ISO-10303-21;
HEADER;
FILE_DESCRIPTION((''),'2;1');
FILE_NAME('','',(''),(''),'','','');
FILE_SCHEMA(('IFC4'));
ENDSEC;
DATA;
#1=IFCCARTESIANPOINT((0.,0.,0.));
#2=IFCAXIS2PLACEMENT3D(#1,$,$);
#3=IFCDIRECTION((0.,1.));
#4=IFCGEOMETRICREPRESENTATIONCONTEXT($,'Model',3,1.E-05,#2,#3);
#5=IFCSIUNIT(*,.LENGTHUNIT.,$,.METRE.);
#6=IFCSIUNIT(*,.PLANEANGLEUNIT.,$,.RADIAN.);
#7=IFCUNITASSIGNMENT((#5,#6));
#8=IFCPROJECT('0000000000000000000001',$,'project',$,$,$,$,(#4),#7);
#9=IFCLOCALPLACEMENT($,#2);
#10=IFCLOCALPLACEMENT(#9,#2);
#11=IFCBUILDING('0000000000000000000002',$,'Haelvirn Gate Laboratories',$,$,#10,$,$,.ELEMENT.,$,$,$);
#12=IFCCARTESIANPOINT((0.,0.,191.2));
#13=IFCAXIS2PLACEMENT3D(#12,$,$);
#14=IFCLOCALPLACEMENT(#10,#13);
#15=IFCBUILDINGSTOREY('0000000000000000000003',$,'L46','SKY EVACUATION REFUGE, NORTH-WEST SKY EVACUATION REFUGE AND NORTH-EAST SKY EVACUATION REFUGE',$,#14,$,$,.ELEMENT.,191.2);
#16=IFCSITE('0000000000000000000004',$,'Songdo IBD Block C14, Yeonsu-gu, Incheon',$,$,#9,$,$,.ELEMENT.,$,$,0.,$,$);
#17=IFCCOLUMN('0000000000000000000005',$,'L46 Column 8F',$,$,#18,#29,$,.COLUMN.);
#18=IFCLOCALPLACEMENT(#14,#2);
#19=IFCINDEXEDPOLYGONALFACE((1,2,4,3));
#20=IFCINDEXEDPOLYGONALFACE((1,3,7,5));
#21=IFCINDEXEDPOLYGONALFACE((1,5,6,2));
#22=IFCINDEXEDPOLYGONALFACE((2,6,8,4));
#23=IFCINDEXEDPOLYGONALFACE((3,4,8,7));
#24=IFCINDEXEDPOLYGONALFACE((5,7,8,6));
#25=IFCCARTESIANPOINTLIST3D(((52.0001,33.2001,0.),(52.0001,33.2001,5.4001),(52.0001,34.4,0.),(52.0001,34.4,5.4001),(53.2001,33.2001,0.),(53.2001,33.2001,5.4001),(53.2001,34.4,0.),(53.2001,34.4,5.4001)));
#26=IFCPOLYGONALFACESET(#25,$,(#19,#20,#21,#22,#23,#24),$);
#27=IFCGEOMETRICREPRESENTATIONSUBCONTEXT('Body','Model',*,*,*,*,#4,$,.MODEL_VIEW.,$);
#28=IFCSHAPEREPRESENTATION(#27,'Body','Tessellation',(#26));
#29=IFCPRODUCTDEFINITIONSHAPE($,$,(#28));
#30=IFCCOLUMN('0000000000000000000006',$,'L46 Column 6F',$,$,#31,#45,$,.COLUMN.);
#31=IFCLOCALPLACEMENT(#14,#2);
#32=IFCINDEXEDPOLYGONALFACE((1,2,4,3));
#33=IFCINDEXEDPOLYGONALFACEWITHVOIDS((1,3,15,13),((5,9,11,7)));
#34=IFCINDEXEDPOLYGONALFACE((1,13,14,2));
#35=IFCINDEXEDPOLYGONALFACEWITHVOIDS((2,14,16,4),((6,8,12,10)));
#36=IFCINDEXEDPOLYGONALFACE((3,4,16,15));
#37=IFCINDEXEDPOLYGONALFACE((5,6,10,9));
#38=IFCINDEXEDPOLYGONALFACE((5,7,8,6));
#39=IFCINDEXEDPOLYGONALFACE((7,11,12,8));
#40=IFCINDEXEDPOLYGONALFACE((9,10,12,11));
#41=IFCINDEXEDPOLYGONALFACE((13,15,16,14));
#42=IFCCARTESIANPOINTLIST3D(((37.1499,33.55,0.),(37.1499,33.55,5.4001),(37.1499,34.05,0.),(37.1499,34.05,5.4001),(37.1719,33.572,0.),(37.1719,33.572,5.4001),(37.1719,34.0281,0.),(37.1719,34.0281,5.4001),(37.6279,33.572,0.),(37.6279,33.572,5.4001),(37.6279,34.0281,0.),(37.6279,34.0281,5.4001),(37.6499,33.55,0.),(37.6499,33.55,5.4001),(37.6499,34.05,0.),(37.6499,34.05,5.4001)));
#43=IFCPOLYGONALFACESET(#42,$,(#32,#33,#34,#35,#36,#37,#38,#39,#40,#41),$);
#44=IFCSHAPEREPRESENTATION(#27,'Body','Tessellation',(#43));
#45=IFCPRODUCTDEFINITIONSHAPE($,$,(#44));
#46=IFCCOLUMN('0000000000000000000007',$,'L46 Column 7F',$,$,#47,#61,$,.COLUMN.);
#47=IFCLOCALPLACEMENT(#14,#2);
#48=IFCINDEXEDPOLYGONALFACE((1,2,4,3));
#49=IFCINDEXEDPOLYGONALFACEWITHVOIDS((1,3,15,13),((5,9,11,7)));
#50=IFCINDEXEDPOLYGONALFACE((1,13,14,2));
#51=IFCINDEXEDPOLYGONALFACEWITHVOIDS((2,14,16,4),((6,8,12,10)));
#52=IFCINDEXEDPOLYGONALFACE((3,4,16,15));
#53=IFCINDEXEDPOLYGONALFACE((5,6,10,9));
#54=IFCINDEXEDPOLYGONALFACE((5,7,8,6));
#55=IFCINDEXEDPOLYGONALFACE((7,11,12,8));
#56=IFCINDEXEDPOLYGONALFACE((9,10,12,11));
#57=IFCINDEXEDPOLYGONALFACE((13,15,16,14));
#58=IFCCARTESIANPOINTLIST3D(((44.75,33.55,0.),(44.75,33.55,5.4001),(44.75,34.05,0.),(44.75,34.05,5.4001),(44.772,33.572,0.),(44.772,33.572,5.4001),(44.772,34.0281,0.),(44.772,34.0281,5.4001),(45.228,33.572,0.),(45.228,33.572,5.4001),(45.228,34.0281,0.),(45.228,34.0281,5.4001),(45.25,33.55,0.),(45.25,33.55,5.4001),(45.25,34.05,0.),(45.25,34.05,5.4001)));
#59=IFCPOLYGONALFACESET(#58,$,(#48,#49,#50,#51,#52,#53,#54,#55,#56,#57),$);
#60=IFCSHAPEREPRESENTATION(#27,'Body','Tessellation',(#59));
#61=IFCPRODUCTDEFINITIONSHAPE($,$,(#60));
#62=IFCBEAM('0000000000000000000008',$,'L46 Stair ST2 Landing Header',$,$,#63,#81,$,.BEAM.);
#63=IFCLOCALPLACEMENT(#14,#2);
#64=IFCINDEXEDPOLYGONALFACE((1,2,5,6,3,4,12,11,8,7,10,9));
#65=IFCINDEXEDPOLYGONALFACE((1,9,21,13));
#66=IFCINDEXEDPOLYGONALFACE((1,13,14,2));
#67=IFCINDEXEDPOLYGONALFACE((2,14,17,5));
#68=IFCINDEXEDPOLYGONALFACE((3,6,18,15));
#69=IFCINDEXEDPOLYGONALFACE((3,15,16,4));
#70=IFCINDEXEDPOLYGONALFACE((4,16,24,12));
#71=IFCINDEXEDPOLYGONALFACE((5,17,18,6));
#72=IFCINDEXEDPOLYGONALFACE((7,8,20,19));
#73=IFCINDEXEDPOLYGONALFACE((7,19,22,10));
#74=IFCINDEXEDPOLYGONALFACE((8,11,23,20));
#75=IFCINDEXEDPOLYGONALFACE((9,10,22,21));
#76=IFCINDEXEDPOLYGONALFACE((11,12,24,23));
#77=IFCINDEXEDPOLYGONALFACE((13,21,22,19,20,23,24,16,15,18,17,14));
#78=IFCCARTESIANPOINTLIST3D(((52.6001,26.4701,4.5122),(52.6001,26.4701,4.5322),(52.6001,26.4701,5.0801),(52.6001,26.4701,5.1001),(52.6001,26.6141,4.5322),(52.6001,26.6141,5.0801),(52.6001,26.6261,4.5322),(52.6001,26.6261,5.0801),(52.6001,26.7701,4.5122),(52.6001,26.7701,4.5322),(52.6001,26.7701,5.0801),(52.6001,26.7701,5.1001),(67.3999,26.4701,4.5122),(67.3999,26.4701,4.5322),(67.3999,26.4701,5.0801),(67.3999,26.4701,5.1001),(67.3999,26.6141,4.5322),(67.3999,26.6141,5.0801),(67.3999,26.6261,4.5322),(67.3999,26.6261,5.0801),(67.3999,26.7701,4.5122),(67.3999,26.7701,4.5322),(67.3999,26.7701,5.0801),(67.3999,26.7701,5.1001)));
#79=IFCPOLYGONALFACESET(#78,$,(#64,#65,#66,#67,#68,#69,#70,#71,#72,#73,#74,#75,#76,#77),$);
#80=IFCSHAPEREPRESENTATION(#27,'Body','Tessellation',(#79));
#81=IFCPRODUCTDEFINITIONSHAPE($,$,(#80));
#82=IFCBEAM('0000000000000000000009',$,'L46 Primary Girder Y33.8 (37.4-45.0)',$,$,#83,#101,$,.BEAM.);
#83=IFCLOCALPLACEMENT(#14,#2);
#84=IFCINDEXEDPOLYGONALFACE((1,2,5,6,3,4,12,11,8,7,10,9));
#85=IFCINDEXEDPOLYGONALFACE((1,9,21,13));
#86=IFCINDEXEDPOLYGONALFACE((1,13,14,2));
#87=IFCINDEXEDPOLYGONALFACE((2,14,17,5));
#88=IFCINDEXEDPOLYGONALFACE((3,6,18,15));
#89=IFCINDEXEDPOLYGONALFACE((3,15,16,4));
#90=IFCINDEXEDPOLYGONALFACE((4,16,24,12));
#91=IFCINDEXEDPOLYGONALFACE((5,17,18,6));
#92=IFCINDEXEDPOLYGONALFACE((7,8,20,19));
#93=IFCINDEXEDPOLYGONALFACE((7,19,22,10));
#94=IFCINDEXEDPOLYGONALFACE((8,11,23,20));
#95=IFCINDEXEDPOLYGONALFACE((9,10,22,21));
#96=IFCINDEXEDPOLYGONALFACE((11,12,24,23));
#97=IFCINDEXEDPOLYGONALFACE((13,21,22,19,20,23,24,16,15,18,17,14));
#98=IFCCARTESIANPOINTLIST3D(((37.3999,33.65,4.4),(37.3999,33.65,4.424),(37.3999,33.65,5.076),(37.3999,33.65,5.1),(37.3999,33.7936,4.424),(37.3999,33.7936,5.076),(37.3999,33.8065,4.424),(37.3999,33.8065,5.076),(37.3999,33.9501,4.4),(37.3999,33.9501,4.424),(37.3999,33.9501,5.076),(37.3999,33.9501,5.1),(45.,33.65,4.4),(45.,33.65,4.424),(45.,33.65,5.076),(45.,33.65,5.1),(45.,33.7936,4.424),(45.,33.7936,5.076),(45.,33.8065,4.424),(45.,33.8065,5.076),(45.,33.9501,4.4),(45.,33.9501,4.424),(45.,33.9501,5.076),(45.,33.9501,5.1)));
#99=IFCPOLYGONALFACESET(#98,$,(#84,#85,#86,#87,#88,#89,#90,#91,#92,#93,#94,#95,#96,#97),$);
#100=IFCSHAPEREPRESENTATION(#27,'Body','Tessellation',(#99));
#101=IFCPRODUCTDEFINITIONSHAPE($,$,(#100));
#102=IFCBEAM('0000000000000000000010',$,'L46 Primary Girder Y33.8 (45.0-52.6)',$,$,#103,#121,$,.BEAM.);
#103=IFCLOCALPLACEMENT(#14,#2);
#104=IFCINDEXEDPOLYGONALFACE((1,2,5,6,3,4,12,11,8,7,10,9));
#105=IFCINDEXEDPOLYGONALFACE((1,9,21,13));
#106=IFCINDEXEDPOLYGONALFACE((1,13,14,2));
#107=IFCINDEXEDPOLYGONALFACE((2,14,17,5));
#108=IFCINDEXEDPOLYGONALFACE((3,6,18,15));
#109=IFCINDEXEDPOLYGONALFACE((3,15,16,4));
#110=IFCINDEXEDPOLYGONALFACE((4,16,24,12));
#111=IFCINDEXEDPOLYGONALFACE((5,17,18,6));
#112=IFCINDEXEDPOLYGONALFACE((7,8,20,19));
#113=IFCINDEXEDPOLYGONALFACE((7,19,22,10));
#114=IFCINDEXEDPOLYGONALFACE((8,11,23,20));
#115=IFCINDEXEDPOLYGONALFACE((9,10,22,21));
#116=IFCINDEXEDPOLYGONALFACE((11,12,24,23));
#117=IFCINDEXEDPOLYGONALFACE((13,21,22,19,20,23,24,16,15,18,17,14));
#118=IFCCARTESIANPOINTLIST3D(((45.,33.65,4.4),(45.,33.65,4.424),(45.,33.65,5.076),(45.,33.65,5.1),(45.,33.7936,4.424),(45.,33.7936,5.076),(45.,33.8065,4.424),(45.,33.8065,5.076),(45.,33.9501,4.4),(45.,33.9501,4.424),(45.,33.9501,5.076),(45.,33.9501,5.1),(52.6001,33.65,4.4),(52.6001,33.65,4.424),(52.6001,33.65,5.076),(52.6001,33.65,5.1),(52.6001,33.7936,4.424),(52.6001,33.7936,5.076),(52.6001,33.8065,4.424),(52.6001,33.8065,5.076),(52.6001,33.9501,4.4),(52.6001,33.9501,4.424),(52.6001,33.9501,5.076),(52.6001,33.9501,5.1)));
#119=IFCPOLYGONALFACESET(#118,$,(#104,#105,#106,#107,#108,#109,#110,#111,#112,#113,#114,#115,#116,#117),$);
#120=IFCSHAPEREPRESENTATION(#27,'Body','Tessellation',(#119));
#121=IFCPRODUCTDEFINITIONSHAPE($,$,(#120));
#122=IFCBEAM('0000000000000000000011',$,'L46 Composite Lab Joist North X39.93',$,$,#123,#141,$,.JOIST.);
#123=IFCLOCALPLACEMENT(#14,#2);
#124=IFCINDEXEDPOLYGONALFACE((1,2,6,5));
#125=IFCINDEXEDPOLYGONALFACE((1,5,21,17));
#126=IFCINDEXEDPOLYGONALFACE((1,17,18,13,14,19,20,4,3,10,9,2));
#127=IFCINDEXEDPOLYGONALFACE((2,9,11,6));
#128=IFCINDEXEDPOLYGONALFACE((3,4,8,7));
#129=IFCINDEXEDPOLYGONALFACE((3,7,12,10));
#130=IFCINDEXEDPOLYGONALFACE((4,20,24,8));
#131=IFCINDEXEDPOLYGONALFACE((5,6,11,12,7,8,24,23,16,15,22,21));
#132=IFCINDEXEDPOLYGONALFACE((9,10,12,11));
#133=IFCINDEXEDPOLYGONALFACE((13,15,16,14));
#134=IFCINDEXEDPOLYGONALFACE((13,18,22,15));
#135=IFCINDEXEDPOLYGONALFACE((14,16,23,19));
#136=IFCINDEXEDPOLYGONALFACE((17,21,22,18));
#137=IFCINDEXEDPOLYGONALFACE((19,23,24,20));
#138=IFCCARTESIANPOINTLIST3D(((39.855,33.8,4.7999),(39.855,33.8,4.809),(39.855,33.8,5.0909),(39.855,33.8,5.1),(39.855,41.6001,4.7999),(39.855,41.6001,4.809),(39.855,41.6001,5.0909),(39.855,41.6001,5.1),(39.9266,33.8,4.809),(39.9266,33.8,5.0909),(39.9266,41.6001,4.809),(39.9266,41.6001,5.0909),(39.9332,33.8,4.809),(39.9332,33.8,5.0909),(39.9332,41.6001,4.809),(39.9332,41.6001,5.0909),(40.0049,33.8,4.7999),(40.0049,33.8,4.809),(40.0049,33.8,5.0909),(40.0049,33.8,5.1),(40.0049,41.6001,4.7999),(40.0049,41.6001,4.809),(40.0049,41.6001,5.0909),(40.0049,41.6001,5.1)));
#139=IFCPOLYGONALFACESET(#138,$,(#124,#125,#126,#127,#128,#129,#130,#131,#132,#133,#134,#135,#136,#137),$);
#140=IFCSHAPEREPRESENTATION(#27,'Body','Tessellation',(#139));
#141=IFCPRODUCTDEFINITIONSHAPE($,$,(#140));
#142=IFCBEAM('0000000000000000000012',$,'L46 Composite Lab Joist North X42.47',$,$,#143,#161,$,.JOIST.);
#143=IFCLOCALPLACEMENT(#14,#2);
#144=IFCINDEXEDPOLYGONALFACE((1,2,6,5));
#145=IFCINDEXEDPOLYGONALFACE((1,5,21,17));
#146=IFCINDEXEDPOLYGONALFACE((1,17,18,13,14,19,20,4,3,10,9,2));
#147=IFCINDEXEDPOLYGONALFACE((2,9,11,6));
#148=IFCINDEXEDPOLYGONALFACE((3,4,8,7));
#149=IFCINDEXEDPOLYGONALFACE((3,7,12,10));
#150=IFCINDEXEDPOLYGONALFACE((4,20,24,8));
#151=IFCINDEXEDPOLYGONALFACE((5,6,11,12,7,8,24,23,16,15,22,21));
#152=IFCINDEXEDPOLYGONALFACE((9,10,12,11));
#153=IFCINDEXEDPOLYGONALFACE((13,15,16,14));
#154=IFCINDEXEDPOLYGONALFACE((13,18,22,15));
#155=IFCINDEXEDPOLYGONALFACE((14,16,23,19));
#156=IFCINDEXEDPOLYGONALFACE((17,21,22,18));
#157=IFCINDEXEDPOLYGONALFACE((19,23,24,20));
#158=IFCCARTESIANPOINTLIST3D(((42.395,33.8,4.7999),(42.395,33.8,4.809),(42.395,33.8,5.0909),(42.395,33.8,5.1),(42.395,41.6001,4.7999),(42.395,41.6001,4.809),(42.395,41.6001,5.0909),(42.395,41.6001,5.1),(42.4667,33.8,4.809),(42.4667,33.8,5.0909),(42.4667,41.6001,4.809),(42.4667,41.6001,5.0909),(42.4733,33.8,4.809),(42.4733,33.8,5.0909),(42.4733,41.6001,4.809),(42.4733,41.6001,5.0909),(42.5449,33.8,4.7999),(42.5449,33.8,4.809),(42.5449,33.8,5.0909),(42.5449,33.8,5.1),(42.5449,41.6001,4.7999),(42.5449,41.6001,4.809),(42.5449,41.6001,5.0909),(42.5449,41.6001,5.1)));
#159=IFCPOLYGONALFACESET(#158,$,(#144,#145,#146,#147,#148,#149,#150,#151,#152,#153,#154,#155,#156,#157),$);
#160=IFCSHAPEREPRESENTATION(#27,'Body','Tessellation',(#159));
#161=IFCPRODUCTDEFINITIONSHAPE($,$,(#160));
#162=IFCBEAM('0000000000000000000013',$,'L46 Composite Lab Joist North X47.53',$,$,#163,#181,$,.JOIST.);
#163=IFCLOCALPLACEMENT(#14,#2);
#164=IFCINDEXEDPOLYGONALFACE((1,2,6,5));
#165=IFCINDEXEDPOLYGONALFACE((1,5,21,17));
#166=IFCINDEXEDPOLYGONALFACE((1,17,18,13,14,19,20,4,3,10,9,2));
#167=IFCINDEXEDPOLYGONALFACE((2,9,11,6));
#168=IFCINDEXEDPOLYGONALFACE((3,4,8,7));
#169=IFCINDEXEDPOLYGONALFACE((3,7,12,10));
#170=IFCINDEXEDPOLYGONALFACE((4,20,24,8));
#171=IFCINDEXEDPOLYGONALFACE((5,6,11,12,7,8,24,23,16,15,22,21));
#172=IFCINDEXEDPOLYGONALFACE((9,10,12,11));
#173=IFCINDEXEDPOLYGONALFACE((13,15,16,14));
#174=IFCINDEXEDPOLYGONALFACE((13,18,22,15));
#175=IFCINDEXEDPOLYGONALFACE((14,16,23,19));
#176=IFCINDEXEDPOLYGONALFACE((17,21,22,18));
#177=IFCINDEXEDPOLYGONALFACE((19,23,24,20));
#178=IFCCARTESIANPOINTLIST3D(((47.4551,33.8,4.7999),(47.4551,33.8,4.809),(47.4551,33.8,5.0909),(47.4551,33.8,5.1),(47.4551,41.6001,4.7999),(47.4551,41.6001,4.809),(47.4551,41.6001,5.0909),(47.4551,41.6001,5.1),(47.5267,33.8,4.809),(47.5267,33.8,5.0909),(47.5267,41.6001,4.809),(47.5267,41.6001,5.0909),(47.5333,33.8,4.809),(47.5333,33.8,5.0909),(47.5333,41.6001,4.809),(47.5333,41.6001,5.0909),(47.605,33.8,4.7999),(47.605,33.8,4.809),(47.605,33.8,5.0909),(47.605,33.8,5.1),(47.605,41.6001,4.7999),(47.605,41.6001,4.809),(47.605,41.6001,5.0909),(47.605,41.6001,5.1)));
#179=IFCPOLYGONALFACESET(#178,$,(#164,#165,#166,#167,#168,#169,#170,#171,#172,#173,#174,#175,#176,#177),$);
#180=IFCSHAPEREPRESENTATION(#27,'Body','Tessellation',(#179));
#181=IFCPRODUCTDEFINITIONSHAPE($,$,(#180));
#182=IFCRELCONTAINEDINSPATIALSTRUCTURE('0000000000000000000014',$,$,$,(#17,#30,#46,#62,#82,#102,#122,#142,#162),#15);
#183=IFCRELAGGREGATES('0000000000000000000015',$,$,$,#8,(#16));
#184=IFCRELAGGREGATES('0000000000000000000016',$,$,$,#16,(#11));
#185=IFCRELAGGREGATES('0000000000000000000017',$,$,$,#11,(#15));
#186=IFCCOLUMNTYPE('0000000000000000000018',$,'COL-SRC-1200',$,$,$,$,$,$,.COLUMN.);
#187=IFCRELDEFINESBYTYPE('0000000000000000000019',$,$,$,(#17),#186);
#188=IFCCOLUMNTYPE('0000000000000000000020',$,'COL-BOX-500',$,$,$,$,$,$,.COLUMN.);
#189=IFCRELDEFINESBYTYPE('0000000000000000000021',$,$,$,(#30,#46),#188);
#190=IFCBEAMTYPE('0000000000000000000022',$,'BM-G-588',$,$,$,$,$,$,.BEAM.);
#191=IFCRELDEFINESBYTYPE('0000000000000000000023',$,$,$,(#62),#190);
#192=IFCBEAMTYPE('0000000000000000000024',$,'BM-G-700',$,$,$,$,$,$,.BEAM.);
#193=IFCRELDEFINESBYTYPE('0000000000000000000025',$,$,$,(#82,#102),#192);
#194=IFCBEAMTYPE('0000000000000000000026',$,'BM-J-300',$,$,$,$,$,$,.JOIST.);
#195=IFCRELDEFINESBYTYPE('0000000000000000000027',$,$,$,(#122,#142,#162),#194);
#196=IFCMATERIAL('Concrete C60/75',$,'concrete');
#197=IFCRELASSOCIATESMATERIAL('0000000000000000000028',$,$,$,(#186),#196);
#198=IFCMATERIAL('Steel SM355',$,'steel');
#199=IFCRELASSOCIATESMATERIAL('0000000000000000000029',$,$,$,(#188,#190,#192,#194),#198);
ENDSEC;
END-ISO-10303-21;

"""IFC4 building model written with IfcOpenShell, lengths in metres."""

from ifc_helpers import new_model, si_unit, direction, frame, origin, origin_2d, place, context, subcontext, project, spatial, rectangle, hollow_rectangle, i_section, extrude, source, transform, mapped, material, material_profile, profile_set, type_object, type_shapes, element, save


model = new_model("IFC4")

# Units and contexts
model_context = context("Model", 3, precision=1e-05, world=origin(), true_north=direction((0.0, 1.0)))
body_context = subcontext(model_context, "Body", "Model", "MODEL_VIEW")
ifc_project = project(units=[si_unit("LENGTHUNIT", "METRE"), si_unit("PLANEANGLEUNIT", "RADIAN")], contexts=[model_context])

# Site, building, storey
site_placement = place(None, origin())
site = spatial("IfcSite", under=ifc_project, at=site_placement, Name="Songdo IBD Block C14, Yeonsu-gu, Incheon", CompositionType="ELEMENT", RefElevation=0.0)
building_placement = place(site_placement, origin())
building = spatial("IfcBuilding", under=site, at=building_placement, Name="Haelvirn Gate Laboratories", CompositionType="ELEMENT")
storey_placement = place(building_placement, frame((0.0, 0.0, 191.2)))
storey = spatial("IfcBuildingStorey", under=building, at=storey_placement, Name="L46", Description="SKY EVACUATION REFUGE, NORTH-WEST SKY EVACUATION REFUGE AND NORTH-EAST SKY EVACUATION REFUGE", CompositionType="ELEMENT", Elevation=191.2)

# Columns
ifc_material_1 = material(Name="Concrete C60/75", Category="concrete")
ifc_material_profile_1 = material_profile(ifc_material_1, rectangle(XDim=1.2, YDim=1.2, at=origin_2d()), Name="SRC-1200x1200")
ifc_profile_set_1 = profile_set([ifc_material_profile_1], Name="Concrete C60/75")
column_type_1 = type_object("IfcColumnType", Name="COL-SRC-1200", PredefinedType="COLUMN", material=ifc_profile_set_1)
shared_shape_1 = source(origin(), body_context, "Body", "SweptSolid", [
    extrude(rectangle(XDim=1.2, YDim=1.2, at=origin_2d()), origin(), (0.0, 0.0, 1.0), 5.4001),
])
type_shapes(column_type_1, [shared_shape_1])
column_placement = place(storey_placement, frame((52.6001, 33.8, 0.0), z_axis=(0.0, 0.0, 1.0), x_axis=(1.0, 0.0, 0.0)))
element("IfcColumn", 1, at=column_placement, inside=storey, type_object=column_type_1, Name="L46 Column 8F", PredefinedType="COLUMN", context=body_context, shape_type="MappedRepresentation", body=[
    mapped(shared_shape_1, transform((0.0, 0.0, 0.0), scale=1.0)),
])
ifc_material_2 = material(Name="Steel SM355", Category="steel")
ifc_material_profile_2 = material_profile(ifc_material_2, hollow_rectangle(XDim=0.5, YDim=0.5, WallThickness=0.022, at=origin_2d()), Name="BOX-500x500x22")
ifc_profile_set_2 = profile_set([ifc_material_profile_2], Name="Steel SM355")
column_type_2 = type_object("IfcColumnType", Name="COL-BOX-500", PredefinedType="COLUMN", material=ifc_profile_set_2)
shared_shape_2 = source(origin(), body_context, "Body", "SweptSolid", [
    extrude(hollow_rectangle(XDim=0.5, YDim=0.5, WallThickness=0.022, at=origin_2d()), origin(), (0.0, 0.0, 1.0), 5.4001),
])
type_shapes(column_type_2, [shared_shape_2])
for number, where, z_axis, x_axis, name in (
    (2, (37.3999, 33.8, 0.0), (0.0, 0.0, 1.0), (1.0, 0.0, 0.0), "L46 Column 6F"),
    (3, (45.0, 33.8, 0.0), (0.0, 0.0, 1.0), (1.0, 0.0, 0.0), "L46 Column 7F"),
):
    element("IfcColumn", number, at=place(storey_placement, frame(where, z_axis=z_axis, x_axis=x_axis)), inside=storey, type_object=column_type_2, Name=name, PredefinedType="COLUMN", context=body_context, shape_type="MappedRepresentation", body=[
        mapped(shared_shape_2, transform((0.0, 0.0, 0.0), scale=1.0)),
    ])

# Beams
ifc_material_profile_3 = material_profile(ifc_material_2, i_section(OverallWidth=0.3, OverallDepth=0.5879, WebThickness=0.012, FlangeThickness=0.02, at=origin_2d()), Name="H-588x300x12x20")
ifc_profile_set_3 = profile_set([ifc_material_profile_3], Name="Steel SM355")
beam_type_1 = type_object("IfcBeamType", Name="BM-G-588", PredefinedType="BEAM", material=ifc_profile_set_3)
shared_shape_3 = source(origin(), body_context, "Body", "SweptSolid", [
    extrude(i_section(OverallWidth=0.3, OverallDepth=0.5879, WebThickness=0.012, FlangeThickness=0.02, at=origin_2d()), origin(), (0.0, 0.0, 1.0), 14.7998),
])
beam_1_placement = place(storey_placement, frame((52.6001, 26.6201, 4.8062), z_axis=(1.0, 0.0, 0.0), x_axis=(0.0, 1.0, 0.0)))
element("IfcBeam", 4, at=beam_1_placement, inside=storey, type_object=beam_type_1, Name="L46 Stair ST2 Landing Header", PredefinedType="BEAM", context=body_context, shape_type="MappedRepresentation", body=[
    mapped(shared_shape_3, transform((0.0, 0.0, 0.0), scale=1.0)),
])
ifc_material_profile_4 = material_profile(ifc_material_2, i_section(OverallWidth=0.3, OverallDepth=0.7, WebThickness=0.0129, FlangeThickness=0.0239, at=origin_2d()), Name="H-700x300x13x24")
ifc_profile_set_4 = profile_set([ifc_material_profile_4], Name="Steel SM355")
beam_type_2 = type_object("IfcBeamType", Name="BM-G-700", PredefinedType="BEAM", material=ifc_profile_set_4)
shared_shape_4 = source(origin(), body_context, "Body", "SweptSolid", [
    extrude(i_section(OverallWidth=0.3, OverallDepth=0.7, WebThickness=0.0129, FlangeThickness=0.0239, at=origin_2d()), origin(), (0.0, 0.0, 1.0), 7.6001),
])
type_shapes(beam_type_2, [shared_shape_4])
for number, where, z_axis, x_axis, name in (
    (5, (37.3999, 33.8, 4.75), (1.0, 0.0, 0.0), (0.0, 1.0, 0.0), "L46 Primary Girder Y33.8 (37.4-45.0)"),
    (6, (45.0, 33.8, 4.75), (1.0, 0.0, 0.0), (0.0, 1.0, 0.0), "L46 Primary Girder Y33.8 (45.0-52.6)"),
):
    element("IfcBeam", number, at=place(storey_placement, frame(where, z_axis=z_axis, x_axis=x_axis)), inside=storey, type_object=beam_type_2, Name=name, PredefinedType="BEAM", context=body_context, shape_type="MappedRepresentation", body=[
        mapped(shared_shape_4, transform((0.0, 0.0, 0.0), scale=1.0)),
    ])
ifc_material_profile_5 = material_profile(ifc_material_2, i_section(OverallWidth=0.1499, OverallDepth=0.3, WebThickness=0.0066, FlangeThickness=0.009, at=origin_2d()), Name="H-300x150x6.5x9")
ifc_profile_set_5 = profile_set([ifc_material_profile_5], Name="Steel SM355")
beam_type_3 = type_object("IfcBeamType", Name="BM-J-300", PredefinedType="JOIST", material=ifc_profile_set_5)
shared_shape_5 = source(origin(), body_context, "Body", "SweptSolid", [
    extrude(i_section(OverallWidth=0.1499, OverallDepth=0.3, WebThickness=0.0066, FlangeThickness=0.009, at=origin_2d()), origin(), (0.0, 0.0, 1.0), 7.8),
])
type_shapes(beam_type_3, [shared_shape_5])
for number, where, z_axis, x_axis, name in (
    (7, (39.9299, 33.8, 4.95), (0.0, 1.0, 0.0), (-1.0, 0.0, 0.0), "L46 Composite Lab Joist North X39.93"),
    (8, (42.47, 33.8, 4.95), (0.0, 1.0, 0.0), (-1.0, 0.0, 0.0), "L46 Composite Lab Joist North X42.47"),
    (9, (47.53, 33.8, 4.95), (0.0, 1.0, 0.0), (-1.0, 0.0, 0.0), "L46 Composite Lab Joist North X47.53"),
):
    element("IfcBeam", number, at=place(storey_placement, frame(where, z_axis=z_axis, x_axis=x_axis)), inside=storey, type_object=beam_type_3, Name=name, PredefinedType="JOIST", context=body_context, shape_type="MappedRepresentation", body=[
        mapped(shared_shape_5, transform((0.0, 0.0, 0.0), scale=1.0)),
    ])

save(model, "model.ifc")
